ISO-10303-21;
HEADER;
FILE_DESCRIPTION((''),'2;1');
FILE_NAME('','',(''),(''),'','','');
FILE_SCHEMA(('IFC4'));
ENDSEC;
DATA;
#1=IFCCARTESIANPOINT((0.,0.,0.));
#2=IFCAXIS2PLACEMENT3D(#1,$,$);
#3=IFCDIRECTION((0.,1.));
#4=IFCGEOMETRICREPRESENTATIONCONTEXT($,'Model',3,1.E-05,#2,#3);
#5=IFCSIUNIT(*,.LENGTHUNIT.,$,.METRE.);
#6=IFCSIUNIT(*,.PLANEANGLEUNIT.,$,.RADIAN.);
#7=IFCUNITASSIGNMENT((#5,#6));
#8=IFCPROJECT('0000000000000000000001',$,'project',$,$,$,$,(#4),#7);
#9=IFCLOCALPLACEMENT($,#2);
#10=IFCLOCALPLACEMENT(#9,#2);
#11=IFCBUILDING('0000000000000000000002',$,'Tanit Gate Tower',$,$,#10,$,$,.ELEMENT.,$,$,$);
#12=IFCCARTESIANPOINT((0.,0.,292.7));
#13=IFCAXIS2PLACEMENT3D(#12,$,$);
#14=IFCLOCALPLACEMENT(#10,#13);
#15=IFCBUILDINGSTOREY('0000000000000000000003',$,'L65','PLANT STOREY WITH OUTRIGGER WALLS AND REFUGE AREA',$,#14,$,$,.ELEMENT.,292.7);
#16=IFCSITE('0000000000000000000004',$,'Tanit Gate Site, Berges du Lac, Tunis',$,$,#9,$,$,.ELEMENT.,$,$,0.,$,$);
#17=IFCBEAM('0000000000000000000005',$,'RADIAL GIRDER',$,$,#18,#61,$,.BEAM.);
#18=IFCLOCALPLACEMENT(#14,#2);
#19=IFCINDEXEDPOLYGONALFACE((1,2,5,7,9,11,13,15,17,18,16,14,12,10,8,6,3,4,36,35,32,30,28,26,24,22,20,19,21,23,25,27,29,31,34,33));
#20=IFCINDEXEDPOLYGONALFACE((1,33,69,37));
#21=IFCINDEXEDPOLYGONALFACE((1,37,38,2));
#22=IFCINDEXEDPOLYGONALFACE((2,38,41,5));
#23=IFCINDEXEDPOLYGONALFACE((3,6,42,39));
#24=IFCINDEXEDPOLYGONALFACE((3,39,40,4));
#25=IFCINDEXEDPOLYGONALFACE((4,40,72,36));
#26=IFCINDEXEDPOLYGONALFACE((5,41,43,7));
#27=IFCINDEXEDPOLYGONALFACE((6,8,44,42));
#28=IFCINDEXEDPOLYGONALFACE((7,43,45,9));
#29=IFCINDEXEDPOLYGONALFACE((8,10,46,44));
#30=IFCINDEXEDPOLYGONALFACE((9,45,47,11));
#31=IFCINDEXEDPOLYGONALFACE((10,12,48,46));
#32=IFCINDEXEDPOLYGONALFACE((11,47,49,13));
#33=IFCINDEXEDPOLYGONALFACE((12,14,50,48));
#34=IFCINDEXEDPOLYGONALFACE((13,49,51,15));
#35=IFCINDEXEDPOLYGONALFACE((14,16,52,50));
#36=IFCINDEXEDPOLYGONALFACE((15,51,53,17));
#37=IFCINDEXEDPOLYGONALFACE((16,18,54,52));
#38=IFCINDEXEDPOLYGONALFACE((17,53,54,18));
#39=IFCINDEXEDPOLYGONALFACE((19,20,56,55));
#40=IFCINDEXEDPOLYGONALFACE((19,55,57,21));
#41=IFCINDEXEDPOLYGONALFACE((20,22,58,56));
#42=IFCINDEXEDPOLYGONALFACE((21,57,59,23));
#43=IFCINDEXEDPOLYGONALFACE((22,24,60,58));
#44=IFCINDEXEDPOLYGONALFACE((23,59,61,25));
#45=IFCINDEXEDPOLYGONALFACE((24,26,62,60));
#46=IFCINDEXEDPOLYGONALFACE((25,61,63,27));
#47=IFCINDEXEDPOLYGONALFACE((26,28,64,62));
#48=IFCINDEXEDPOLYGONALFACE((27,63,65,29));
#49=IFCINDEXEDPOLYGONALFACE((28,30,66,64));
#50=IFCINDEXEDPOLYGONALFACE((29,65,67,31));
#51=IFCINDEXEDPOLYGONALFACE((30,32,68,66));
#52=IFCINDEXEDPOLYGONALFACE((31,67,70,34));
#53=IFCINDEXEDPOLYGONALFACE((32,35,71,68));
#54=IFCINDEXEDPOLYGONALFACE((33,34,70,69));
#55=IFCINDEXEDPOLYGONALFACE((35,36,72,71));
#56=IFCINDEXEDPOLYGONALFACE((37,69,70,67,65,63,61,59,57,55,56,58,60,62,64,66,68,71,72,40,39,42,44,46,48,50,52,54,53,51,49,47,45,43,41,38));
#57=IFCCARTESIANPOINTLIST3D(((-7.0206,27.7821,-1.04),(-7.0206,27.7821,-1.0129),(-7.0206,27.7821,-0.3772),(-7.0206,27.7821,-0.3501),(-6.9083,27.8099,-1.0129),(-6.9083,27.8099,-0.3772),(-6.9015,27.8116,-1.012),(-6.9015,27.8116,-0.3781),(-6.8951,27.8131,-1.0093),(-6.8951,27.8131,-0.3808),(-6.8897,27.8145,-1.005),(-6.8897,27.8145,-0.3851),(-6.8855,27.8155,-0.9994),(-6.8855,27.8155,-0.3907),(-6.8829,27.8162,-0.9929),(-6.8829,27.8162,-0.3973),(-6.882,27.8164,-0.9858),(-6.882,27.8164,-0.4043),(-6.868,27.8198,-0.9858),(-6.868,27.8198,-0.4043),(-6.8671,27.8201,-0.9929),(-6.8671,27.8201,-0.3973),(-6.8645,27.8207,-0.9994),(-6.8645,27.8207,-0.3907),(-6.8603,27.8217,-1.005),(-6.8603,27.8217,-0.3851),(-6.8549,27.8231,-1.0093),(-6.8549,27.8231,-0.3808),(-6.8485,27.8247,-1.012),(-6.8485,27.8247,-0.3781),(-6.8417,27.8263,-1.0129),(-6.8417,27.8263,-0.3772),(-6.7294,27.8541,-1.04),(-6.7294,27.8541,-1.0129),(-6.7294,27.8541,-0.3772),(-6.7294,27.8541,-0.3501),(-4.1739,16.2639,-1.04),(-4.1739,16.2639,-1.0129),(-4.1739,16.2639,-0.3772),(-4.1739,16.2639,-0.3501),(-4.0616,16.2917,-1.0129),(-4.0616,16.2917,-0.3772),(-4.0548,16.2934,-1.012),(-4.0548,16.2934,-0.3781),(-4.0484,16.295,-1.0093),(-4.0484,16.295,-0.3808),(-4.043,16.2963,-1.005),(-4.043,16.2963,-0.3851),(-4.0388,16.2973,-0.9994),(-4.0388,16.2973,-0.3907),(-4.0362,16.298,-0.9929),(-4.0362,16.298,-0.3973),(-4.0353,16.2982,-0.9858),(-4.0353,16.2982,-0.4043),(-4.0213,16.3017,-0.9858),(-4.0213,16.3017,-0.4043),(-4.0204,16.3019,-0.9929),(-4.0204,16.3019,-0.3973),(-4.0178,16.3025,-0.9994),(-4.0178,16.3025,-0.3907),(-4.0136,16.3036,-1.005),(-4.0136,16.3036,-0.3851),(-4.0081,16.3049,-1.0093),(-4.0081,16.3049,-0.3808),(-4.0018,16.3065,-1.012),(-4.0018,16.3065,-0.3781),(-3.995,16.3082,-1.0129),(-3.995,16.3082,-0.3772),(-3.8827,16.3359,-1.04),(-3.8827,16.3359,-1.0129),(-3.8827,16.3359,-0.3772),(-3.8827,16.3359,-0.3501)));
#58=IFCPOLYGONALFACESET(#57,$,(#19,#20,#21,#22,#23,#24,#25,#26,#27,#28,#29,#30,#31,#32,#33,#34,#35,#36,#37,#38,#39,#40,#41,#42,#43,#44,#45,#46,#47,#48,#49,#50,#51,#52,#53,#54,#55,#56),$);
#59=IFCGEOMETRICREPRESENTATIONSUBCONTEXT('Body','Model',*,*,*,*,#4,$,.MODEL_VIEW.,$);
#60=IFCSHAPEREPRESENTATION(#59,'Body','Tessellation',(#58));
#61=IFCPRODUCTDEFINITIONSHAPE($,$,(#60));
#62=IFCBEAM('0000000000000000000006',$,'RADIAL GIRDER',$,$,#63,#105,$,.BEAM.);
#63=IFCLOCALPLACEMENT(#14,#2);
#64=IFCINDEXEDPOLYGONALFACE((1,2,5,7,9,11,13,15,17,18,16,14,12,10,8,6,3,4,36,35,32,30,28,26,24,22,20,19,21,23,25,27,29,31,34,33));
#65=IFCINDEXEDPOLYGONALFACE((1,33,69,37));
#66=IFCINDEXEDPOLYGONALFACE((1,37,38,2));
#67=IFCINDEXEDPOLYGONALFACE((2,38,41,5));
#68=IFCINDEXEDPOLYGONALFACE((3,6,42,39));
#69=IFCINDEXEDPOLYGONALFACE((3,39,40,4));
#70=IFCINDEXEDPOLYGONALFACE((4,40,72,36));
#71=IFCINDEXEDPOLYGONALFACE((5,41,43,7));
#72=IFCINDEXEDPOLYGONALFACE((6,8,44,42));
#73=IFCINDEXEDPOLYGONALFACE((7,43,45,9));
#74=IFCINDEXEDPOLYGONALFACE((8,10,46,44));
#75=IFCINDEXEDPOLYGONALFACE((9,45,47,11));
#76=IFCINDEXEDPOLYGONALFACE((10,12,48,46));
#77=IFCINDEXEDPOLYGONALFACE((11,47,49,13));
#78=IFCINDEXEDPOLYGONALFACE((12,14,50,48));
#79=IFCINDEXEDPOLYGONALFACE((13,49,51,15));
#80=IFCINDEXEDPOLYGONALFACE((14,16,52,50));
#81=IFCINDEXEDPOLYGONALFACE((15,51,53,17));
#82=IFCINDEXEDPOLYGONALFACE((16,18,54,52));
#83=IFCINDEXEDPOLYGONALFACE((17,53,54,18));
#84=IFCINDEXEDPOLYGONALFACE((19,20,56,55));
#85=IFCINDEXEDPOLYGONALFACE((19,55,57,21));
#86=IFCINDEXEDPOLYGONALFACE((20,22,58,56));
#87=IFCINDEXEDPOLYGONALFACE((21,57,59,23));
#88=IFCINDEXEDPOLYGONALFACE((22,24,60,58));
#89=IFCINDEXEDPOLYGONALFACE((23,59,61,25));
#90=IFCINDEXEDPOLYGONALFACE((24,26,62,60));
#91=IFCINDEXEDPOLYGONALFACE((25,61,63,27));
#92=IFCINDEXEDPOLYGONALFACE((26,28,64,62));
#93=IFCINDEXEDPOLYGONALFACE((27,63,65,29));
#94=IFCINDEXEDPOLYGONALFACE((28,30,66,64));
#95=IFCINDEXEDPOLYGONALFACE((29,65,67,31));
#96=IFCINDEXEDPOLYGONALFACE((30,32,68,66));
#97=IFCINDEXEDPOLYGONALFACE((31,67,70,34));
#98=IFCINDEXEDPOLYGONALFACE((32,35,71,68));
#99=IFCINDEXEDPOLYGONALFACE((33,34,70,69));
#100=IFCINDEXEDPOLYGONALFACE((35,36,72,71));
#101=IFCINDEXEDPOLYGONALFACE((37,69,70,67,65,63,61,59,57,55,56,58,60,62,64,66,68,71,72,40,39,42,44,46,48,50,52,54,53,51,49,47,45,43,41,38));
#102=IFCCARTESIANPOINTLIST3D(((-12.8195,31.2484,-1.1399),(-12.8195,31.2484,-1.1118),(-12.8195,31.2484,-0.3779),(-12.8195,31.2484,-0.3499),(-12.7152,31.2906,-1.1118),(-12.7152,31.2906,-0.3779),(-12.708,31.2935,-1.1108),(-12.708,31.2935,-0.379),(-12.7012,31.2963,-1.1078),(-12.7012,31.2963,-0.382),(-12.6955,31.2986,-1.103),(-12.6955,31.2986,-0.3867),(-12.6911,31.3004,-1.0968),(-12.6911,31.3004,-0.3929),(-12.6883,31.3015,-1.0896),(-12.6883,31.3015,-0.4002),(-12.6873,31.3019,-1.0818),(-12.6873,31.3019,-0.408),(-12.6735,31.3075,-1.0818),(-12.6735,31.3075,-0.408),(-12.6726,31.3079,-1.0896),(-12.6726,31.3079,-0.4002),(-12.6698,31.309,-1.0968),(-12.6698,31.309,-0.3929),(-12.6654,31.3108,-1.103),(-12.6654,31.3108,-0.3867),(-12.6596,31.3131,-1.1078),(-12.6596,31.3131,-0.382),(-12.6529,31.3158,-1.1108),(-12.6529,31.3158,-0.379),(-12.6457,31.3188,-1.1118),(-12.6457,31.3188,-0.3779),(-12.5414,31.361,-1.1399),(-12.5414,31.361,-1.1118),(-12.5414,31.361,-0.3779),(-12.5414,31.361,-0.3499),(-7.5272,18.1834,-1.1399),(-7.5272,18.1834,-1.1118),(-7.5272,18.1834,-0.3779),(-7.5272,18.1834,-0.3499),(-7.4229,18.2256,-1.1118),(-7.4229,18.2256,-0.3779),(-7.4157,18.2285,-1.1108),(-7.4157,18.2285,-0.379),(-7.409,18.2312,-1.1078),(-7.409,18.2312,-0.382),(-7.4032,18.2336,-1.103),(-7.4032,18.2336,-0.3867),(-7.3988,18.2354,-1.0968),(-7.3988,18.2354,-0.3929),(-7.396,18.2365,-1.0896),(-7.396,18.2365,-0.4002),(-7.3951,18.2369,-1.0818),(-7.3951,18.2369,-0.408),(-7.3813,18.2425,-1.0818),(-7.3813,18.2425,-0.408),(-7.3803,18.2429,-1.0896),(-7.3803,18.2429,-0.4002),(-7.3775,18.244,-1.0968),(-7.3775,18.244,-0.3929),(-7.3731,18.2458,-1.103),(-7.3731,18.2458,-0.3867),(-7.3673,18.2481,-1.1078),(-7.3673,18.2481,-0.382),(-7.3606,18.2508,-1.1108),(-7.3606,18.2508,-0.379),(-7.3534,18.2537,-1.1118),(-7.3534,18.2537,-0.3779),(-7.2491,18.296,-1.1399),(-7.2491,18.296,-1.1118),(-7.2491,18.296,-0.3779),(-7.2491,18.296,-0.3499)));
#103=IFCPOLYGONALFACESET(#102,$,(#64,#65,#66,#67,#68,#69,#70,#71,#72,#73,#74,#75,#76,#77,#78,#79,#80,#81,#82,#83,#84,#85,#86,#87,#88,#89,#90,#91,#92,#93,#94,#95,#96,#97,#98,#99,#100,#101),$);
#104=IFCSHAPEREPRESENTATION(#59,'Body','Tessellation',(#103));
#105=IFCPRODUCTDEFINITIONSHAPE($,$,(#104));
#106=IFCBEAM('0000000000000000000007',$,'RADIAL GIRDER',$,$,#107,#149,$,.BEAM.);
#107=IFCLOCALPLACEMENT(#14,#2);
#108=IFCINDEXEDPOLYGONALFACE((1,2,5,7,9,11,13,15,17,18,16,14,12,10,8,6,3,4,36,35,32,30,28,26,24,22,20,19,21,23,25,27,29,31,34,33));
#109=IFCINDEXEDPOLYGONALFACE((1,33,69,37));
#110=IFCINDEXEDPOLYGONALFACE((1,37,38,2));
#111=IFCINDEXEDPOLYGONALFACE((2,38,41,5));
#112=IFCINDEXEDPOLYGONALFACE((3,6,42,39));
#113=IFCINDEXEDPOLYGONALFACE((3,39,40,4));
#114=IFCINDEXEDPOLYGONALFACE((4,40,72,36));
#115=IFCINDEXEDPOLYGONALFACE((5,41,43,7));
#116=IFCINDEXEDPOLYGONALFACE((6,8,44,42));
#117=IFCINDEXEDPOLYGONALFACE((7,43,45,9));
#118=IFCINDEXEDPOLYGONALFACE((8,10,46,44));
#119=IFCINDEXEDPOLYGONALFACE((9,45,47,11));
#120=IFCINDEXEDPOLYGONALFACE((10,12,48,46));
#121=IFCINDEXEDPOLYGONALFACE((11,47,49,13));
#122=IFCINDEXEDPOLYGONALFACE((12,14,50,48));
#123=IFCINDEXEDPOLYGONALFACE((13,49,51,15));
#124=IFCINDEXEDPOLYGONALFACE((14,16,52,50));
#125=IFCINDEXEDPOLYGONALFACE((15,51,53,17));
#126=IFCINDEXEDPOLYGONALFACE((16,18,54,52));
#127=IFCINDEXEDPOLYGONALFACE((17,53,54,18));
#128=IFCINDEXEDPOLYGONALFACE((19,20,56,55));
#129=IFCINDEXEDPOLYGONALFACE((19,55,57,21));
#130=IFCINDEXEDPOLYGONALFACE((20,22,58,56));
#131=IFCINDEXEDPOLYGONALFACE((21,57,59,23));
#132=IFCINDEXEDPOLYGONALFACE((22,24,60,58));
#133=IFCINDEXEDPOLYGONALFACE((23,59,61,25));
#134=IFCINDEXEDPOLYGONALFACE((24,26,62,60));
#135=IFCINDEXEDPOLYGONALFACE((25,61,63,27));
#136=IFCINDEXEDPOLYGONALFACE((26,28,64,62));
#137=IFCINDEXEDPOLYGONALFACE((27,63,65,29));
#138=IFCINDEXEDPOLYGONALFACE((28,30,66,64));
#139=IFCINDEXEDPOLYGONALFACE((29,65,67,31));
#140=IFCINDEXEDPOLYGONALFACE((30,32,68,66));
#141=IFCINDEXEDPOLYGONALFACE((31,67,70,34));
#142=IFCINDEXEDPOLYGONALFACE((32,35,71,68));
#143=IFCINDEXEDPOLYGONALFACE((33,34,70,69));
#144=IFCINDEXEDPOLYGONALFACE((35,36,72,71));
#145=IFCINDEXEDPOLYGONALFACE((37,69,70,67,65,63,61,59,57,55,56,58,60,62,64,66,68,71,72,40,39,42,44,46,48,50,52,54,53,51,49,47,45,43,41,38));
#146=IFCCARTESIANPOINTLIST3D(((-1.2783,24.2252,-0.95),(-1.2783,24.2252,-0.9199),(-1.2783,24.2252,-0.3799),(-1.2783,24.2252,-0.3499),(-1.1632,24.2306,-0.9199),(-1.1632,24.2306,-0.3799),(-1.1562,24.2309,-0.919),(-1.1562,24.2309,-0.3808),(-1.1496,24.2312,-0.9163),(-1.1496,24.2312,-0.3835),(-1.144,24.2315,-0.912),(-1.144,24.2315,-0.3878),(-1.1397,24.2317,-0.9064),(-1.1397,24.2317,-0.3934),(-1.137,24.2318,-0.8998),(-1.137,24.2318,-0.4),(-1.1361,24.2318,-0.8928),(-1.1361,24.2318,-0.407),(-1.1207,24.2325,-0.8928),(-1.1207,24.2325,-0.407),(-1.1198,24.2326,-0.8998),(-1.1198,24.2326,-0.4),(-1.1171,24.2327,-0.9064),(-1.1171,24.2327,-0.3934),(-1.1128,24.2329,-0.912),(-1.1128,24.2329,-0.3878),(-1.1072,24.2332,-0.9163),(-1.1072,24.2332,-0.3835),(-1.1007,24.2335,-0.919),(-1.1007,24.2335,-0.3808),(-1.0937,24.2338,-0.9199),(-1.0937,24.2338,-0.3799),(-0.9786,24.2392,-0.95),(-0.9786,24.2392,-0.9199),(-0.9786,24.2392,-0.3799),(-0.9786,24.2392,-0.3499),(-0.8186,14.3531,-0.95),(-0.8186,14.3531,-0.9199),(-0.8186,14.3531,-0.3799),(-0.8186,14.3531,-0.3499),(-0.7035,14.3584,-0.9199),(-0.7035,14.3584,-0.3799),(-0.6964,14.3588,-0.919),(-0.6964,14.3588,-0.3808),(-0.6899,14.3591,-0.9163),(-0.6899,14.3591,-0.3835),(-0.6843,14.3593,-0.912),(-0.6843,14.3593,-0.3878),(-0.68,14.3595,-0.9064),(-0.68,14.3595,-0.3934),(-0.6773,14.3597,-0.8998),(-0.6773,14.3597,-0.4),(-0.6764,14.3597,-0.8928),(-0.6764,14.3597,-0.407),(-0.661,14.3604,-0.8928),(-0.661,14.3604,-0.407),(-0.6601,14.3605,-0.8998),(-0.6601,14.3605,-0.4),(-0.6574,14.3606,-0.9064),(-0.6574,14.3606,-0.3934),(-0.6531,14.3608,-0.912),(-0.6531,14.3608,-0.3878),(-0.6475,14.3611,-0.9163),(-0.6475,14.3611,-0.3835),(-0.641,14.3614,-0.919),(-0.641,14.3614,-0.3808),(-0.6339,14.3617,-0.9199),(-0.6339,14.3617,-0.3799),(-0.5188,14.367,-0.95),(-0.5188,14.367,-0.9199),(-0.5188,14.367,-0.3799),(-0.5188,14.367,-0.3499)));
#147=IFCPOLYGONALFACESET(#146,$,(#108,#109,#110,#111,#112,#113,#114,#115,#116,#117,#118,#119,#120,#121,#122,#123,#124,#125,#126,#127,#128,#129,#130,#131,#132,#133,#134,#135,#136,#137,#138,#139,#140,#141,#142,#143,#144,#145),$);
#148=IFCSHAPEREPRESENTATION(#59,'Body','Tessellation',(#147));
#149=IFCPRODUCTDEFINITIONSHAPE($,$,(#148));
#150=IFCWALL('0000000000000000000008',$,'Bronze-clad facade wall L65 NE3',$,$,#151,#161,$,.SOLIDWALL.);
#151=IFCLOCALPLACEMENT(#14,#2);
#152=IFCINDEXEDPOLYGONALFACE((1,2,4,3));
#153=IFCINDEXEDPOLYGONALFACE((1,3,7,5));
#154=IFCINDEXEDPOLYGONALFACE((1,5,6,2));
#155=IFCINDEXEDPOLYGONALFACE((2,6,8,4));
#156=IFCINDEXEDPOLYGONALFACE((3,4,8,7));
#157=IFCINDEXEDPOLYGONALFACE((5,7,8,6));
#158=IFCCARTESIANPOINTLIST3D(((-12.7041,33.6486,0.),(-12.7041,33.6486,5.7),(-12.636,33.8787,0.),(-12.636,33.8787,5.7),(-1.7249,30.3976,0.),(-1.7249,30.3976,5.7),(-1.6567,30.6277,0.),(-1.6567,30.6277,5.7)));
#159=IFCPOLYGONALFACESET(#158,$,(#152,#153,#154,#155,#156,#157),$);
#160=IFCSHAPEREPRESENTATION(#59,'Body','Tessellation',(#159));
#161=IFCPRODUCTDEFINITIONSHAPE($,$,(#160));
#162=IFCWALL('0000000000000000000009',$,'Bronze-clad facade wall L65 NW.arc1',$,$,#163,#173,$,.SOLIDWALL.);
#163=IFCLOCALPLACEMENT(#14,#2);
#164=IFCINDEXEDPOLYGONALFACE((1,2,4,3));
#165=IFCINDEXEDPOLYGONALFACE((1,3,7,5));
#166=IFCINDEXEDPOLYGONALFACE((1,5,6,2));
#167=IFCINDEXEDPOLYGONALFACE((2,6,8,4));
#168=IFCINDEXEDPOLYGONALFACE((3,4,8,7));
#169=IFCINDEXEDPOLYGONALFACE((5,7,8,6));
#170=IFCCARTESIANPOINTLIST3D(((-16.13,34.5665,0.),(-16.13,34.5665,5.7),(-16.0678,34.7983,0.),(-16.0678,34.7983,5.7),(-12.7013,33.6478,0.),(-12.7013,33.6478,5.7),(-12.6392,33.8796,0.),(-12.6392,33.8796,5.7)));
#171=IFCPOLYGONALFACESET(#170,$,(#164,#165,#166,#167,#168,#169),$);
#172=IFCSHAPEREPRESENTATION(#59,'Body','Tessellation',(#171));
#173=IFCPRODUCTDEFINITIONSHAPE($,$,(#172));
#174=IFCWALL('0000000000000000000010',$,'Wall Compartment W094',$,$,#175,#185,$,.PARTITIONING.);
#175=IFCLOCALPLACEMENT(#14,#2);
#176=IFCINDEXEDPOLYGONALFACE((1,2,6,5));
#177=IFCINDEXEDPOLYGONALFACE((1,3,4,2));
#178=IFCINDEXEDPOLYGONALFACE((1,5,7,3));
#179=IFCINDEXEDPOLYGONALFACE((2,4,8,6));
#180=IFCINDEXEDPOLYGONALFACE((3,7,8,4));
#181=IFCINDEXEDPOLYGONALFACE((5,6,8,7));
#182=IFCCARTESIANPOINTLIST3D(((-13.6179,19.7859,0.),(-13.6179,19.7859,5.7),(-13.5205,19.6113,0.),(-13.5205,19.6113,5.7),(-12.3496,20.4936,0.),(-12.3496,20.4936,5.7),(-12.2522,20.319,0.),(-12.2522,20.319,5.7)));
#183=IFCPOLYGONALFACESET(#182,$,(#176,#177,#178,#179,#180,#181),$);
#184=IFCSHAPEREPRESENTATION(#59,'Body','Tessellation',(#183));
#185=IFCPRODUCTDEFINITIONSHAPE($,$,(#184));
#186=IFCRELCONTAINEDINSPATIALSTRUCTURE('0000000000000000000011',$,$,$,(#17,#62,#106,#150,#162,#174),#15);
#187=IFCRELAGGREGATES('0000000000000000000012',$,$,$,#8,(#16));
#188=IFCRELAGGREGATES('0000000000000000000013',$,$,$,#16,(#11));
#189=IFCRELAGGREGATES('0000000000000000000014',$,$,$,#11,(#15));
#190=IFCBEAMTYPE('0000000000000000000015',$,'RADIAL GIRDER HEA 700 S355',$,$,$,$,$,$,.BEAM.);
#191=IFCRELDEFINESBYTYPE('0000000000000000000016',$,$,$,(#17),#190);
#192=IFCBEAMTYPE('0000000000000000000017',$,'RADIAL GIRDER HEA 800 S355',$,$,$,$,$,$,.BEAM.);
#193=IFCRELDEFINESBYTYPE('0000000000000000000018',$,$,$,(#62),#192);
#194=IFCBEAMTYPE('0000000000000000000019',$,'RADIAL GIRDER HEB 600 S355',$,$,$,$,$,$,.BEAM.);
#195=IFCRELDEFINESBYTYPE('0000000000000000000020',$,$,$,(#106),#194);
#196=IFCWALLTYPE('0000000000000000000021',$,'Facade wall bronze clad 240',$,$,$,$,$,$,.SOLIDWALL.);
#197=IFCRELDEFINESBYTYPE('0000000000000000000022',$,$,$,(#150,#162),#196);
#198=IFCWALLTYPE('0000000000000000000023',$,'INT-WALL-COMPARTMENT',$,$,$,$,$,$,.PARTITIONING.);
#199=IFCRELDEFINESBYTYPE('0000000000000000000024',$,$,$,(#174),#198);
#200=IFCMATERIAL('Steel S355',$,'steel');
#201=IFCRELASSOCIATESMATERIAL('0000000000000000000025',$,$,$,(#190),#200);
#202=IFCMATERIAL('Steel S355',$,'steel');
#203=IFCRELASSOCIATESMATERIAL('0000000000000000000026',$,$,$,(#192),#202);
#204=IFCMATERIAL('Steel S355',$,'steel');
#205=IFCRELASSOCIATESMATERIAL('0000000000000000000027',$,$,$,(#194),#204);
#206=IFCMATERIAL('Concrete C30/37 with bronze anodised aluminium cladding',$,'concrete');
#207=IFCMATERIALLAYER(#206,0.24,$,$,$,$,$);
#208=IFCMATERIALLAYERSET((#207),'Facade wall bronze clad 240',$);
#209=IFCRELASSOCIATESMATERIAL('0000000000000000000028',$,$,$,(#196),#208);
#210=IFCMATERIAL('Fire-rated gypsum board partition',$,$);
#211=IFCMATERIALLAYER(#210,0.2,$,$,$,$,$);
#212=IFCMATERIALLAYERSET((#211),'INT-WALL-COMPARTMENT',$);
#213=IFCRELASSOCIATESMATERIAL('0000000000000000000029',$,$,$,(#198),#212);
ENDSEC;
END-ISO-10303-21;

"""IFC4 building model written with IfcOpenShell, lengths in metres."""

from ifc_helpers import new_model, si_unit, direction, frame, frame_2d, origin, origin_2d, place, context, subcontext, project, spatial, rectangle, i_section, extrude, material, layer, layer_set, material_profile, profile_set, type_object, element, save


model = new_model("IFC4")

# Units and contexts
model_context = context("Model", 3, precision=1e-05, world=origin(), true_north=direction((0.0, 1.0)))
body_context = subcontext(model_context, "Body", "Model", "MODEL_VIEW")
ifc_project = project(units=[si_unit("LENGTHUNIT", "METRE"), si_unit("PLANEANGLEUNIT", "RADIAN")], contexts=[model_context])

# Site, building, storey
site_placement = place(None, origin())
site = spatial("IfcSite", under=ifc_project, at=site_placement, Name="Tanit Gate Site, Berges du Lac, Tunis", CompositionType="ELEMENT", RefElevation=0.0)
building_placement = place(site_placement, origin())
building = spatial("IfcBuilding", under=site, at=building_placement, Name="Tanit Gate Tower", CompositionType="ELEMENT")
storey_placement = place(building_placement, frame((0.0, 0.0, 292.7)))
storey = spatial("IfcBuildingStorey", under=building, at=storey_placement, Name="L65", Description="PLANT STOREY WITH OUTRIGGER WALLS AND REFUGE AREA", CompositionType="ELEMENT", Elevation=292.7)

# Beams
ifc_material_1 = material(Name="Steel S355", Category="steel")
ifc_material_profile_1 = material_profile(ifc_material_1, i_section(OverallWidth=0.3, OverallDepth=0.6899, WebThickness=0.0144, FlangeThickness=0.0271, FilletRadius=0.0271, at=origin_2d()), Name="HEA 700")
ifc_profile_set_1 = profile_set([ifc_material_profile_1], Name="Steel S355")
beam_type_1 = type_object("IfcBeamType", Name="RADIAL GIRDER HEA 700 S355", PredefinedType="BEAM", material=ifc_profile_set_1)
beam_1_placement = place(storey_placement, frame((-6.875, 27.8181, -0.6951), z_axis=(0.23993, -0.97079, 0.0), x_axis=(0.97079, 0.23993, 0.0)))
element("IfcBeam", 1, at=beam_1_placement, inside=storey, type_object=beam_type_1, Name="RADIAL GIRDER", PredefinedType="BEAM", context=body_context, shape_type="SweptSolid", body=[
    extrude(i_section(OverallWidth=0.3, OverallDepth=0.6899, WebThickness=0.0144, FlangeThickness=0.0271, FilletRadius=0.0271, at=origin_2d()), origin(), (0.0, 0.0, 1.0), 11.8647),
])
ifc_material_2 = material(Name="Steel S355", Category="steel")
ifc_material_profile_2 = material_profile(ifc_material_2, i_section(OverallWidth=0.3, OverallDepth=0.79, WebThickness=0.0149, FlangeThickness=0.0281, FilletRadius=0.03, at=origin_2d()), Name="HEA 800")
ifc_profile_set_2 = profile_set([ifc_material_profile_2], Name="Steel S355")
beam_type_2 = type_object("IfcBeamType", Name="RADIAL GIRDER HEA 800 S355", PredefinedType="BEAM", material=ifc_profile_set_2)
beam_2_placement = place(storey_placement, frame((-12.6804, 31.3047, -0.7449), z_axis=(0.375439, -0.926847, 0.0), x_axis=(0.926847, 0.375439, 0.0)))
element("IfcBeam", 2, at=beam_2_placement, inside=storey, type_object=beam_type_2, Name="RADIAL GIRDER", PredefinedType="BEAM", context=body_context, shape_type="SweptSolid", body=[
    extrude(i_section(OverallWidth=0.3, OverallDepth=0.79, WebThickness=0.0149, FlangeThickness=0.0281, FilletRadius=0.03, at=origin_2d()), origin(), (0.0, 0.0, 1.0), 14.0962),
])
ifc_material_3 = material(Name="Steel S355", Category="steel")
ifc_material_profile_3 = material_profile(ifc_material_3, i_section(OverallWidth=0.3, OverallDepth=0.6001, WebThickness=0.0154, FlangeThickness=0.03, FilletRadius=0.0271, at=origin_2d()), Name="HEB 600")
ifc_profile_set_3 = profile_set([ifc_material_profile_3], Name="Steel S355")
beam_type_3 = type_object("IfcBeamType", Name="RADIAL GIRDER HEB 600 S355", PredefinedType="BEAM", material=ifc_profile_set_3)
beam_3_placement = place(storey_placement, frame((-1.1284, 24.2322, -0.6499), z_axis=(0.046517, -0.998917, 0.0), x_axis=(0.998917, 0.046517, 0.0)))
element("IfcBeam", 3, at=beam_3_placement, inside=storey, type_object=beam_type_3, Name="RADIAL GIRDER", PredefinedType="BEAM", context=body_context, shape_type="SweptSolid", body=[
    extrude(i_section(OverallWidth=0.3, OverallDepth=0.6001, WebThickness=0.0154, FlangeThickness=0.03, FilletRadius=0.0271, at=origin_2d()), origin(), (0.0, 0.0, 1.0), 9.8828),
])

# Walls
ifc_material_4 = material(Name="Concrete C30/37 with bronze anodised aluminium cladding", Category="concrete")
ifc_layer_1 = layer(ifc_material_4, 0.24)
ifc_layer_set_1 = layer_set([ifc_layer_1], Name="Facade wall bronze clad 240")
wall_type_1 = type_object("IfcWallType", Name="Facade wall bronze clad 240", PredefinedType="SOLIDWALL", material=ifc_layer_set_1)
wall_1_placement = place(storey_placement, frame((-1.6909, 30.5127, 0.0), z_axis=(0.0, 0.0, 1.0), x_axis=(-0.958849, 0.283917, 0.0)))
element("IfcWall", 4, at=wall_1_placement, inside=storey, type_object=wall_type_1, Name="Bronze-clad facade wall L65 NE3", PredefinedType="SOLIDWALL", context=body_context, shape_type="SweptSolid", body=[
    extrude(rectangle(XDim=11.4504, YDim=0.24, at=frame_2d((5.7251, 0.0))), origin(), (0.0, 0.0, 1.0), 5.7),
])
wall_2_placement = place(storey_placement, frame((-12.6702, 33.7637, 0.0), z_axis=(0.0, 0.0, 1.0), x_axis=(-0.965927, 0.258814, 0.0)))
element("IfcWall", 5, at=wall_2_placement, inside=storey, type_object=wall_type_1, Name="Bronze-clad facade wall L65 NW.arc1", PredefinedType="SOLIDWALL", context=body_context, shape_type="SweptSolid", body=[
    extrude(rectangle(XDim=3.5496, YDim=0.24, at=frame_2d((1.7749, 0.0))), origin(), (0.0, 0.0, 1.0), 5.7),
])
ifc_material_5 = material(Name="Fire-rated gypsum board partition")
ifc_layer_2 = layer(ifc_material_5, 0.2)
ifc_layer_set_2 = layer_set([ifc_layer_2], Name="INT-WALL-COMPARTMENT")
wall_type_2 = type_object("IfcWallType", Name="INT-WALL-COMPARTMENT", PredefinedType="PARTITIONING", material=ifc_layer_set_2)
wall_3_placement = place(storey_placement, frame((-12.301, 20.4062, 0.0), z_axis=(0.0, 0.0, 1.0), x_axis=(-0.873236, -0.487298, 0.0)))
element("IfcWall", 6, at=wall_3_placement, inside=storey, type_object=wall_type_2, Name="Wall Compartment W094", PredefinedType="PARTITIONING", context=body_context, shape_type="SweptSolid", body=[
    extrude(rectangle(XDim=1.4524, YDim=0.2, at=frame_2d((0.7261, 0.0))), origin(), (0.0, 0.0, 1.0), 5.7),
])

save(model, "model.ifc")
